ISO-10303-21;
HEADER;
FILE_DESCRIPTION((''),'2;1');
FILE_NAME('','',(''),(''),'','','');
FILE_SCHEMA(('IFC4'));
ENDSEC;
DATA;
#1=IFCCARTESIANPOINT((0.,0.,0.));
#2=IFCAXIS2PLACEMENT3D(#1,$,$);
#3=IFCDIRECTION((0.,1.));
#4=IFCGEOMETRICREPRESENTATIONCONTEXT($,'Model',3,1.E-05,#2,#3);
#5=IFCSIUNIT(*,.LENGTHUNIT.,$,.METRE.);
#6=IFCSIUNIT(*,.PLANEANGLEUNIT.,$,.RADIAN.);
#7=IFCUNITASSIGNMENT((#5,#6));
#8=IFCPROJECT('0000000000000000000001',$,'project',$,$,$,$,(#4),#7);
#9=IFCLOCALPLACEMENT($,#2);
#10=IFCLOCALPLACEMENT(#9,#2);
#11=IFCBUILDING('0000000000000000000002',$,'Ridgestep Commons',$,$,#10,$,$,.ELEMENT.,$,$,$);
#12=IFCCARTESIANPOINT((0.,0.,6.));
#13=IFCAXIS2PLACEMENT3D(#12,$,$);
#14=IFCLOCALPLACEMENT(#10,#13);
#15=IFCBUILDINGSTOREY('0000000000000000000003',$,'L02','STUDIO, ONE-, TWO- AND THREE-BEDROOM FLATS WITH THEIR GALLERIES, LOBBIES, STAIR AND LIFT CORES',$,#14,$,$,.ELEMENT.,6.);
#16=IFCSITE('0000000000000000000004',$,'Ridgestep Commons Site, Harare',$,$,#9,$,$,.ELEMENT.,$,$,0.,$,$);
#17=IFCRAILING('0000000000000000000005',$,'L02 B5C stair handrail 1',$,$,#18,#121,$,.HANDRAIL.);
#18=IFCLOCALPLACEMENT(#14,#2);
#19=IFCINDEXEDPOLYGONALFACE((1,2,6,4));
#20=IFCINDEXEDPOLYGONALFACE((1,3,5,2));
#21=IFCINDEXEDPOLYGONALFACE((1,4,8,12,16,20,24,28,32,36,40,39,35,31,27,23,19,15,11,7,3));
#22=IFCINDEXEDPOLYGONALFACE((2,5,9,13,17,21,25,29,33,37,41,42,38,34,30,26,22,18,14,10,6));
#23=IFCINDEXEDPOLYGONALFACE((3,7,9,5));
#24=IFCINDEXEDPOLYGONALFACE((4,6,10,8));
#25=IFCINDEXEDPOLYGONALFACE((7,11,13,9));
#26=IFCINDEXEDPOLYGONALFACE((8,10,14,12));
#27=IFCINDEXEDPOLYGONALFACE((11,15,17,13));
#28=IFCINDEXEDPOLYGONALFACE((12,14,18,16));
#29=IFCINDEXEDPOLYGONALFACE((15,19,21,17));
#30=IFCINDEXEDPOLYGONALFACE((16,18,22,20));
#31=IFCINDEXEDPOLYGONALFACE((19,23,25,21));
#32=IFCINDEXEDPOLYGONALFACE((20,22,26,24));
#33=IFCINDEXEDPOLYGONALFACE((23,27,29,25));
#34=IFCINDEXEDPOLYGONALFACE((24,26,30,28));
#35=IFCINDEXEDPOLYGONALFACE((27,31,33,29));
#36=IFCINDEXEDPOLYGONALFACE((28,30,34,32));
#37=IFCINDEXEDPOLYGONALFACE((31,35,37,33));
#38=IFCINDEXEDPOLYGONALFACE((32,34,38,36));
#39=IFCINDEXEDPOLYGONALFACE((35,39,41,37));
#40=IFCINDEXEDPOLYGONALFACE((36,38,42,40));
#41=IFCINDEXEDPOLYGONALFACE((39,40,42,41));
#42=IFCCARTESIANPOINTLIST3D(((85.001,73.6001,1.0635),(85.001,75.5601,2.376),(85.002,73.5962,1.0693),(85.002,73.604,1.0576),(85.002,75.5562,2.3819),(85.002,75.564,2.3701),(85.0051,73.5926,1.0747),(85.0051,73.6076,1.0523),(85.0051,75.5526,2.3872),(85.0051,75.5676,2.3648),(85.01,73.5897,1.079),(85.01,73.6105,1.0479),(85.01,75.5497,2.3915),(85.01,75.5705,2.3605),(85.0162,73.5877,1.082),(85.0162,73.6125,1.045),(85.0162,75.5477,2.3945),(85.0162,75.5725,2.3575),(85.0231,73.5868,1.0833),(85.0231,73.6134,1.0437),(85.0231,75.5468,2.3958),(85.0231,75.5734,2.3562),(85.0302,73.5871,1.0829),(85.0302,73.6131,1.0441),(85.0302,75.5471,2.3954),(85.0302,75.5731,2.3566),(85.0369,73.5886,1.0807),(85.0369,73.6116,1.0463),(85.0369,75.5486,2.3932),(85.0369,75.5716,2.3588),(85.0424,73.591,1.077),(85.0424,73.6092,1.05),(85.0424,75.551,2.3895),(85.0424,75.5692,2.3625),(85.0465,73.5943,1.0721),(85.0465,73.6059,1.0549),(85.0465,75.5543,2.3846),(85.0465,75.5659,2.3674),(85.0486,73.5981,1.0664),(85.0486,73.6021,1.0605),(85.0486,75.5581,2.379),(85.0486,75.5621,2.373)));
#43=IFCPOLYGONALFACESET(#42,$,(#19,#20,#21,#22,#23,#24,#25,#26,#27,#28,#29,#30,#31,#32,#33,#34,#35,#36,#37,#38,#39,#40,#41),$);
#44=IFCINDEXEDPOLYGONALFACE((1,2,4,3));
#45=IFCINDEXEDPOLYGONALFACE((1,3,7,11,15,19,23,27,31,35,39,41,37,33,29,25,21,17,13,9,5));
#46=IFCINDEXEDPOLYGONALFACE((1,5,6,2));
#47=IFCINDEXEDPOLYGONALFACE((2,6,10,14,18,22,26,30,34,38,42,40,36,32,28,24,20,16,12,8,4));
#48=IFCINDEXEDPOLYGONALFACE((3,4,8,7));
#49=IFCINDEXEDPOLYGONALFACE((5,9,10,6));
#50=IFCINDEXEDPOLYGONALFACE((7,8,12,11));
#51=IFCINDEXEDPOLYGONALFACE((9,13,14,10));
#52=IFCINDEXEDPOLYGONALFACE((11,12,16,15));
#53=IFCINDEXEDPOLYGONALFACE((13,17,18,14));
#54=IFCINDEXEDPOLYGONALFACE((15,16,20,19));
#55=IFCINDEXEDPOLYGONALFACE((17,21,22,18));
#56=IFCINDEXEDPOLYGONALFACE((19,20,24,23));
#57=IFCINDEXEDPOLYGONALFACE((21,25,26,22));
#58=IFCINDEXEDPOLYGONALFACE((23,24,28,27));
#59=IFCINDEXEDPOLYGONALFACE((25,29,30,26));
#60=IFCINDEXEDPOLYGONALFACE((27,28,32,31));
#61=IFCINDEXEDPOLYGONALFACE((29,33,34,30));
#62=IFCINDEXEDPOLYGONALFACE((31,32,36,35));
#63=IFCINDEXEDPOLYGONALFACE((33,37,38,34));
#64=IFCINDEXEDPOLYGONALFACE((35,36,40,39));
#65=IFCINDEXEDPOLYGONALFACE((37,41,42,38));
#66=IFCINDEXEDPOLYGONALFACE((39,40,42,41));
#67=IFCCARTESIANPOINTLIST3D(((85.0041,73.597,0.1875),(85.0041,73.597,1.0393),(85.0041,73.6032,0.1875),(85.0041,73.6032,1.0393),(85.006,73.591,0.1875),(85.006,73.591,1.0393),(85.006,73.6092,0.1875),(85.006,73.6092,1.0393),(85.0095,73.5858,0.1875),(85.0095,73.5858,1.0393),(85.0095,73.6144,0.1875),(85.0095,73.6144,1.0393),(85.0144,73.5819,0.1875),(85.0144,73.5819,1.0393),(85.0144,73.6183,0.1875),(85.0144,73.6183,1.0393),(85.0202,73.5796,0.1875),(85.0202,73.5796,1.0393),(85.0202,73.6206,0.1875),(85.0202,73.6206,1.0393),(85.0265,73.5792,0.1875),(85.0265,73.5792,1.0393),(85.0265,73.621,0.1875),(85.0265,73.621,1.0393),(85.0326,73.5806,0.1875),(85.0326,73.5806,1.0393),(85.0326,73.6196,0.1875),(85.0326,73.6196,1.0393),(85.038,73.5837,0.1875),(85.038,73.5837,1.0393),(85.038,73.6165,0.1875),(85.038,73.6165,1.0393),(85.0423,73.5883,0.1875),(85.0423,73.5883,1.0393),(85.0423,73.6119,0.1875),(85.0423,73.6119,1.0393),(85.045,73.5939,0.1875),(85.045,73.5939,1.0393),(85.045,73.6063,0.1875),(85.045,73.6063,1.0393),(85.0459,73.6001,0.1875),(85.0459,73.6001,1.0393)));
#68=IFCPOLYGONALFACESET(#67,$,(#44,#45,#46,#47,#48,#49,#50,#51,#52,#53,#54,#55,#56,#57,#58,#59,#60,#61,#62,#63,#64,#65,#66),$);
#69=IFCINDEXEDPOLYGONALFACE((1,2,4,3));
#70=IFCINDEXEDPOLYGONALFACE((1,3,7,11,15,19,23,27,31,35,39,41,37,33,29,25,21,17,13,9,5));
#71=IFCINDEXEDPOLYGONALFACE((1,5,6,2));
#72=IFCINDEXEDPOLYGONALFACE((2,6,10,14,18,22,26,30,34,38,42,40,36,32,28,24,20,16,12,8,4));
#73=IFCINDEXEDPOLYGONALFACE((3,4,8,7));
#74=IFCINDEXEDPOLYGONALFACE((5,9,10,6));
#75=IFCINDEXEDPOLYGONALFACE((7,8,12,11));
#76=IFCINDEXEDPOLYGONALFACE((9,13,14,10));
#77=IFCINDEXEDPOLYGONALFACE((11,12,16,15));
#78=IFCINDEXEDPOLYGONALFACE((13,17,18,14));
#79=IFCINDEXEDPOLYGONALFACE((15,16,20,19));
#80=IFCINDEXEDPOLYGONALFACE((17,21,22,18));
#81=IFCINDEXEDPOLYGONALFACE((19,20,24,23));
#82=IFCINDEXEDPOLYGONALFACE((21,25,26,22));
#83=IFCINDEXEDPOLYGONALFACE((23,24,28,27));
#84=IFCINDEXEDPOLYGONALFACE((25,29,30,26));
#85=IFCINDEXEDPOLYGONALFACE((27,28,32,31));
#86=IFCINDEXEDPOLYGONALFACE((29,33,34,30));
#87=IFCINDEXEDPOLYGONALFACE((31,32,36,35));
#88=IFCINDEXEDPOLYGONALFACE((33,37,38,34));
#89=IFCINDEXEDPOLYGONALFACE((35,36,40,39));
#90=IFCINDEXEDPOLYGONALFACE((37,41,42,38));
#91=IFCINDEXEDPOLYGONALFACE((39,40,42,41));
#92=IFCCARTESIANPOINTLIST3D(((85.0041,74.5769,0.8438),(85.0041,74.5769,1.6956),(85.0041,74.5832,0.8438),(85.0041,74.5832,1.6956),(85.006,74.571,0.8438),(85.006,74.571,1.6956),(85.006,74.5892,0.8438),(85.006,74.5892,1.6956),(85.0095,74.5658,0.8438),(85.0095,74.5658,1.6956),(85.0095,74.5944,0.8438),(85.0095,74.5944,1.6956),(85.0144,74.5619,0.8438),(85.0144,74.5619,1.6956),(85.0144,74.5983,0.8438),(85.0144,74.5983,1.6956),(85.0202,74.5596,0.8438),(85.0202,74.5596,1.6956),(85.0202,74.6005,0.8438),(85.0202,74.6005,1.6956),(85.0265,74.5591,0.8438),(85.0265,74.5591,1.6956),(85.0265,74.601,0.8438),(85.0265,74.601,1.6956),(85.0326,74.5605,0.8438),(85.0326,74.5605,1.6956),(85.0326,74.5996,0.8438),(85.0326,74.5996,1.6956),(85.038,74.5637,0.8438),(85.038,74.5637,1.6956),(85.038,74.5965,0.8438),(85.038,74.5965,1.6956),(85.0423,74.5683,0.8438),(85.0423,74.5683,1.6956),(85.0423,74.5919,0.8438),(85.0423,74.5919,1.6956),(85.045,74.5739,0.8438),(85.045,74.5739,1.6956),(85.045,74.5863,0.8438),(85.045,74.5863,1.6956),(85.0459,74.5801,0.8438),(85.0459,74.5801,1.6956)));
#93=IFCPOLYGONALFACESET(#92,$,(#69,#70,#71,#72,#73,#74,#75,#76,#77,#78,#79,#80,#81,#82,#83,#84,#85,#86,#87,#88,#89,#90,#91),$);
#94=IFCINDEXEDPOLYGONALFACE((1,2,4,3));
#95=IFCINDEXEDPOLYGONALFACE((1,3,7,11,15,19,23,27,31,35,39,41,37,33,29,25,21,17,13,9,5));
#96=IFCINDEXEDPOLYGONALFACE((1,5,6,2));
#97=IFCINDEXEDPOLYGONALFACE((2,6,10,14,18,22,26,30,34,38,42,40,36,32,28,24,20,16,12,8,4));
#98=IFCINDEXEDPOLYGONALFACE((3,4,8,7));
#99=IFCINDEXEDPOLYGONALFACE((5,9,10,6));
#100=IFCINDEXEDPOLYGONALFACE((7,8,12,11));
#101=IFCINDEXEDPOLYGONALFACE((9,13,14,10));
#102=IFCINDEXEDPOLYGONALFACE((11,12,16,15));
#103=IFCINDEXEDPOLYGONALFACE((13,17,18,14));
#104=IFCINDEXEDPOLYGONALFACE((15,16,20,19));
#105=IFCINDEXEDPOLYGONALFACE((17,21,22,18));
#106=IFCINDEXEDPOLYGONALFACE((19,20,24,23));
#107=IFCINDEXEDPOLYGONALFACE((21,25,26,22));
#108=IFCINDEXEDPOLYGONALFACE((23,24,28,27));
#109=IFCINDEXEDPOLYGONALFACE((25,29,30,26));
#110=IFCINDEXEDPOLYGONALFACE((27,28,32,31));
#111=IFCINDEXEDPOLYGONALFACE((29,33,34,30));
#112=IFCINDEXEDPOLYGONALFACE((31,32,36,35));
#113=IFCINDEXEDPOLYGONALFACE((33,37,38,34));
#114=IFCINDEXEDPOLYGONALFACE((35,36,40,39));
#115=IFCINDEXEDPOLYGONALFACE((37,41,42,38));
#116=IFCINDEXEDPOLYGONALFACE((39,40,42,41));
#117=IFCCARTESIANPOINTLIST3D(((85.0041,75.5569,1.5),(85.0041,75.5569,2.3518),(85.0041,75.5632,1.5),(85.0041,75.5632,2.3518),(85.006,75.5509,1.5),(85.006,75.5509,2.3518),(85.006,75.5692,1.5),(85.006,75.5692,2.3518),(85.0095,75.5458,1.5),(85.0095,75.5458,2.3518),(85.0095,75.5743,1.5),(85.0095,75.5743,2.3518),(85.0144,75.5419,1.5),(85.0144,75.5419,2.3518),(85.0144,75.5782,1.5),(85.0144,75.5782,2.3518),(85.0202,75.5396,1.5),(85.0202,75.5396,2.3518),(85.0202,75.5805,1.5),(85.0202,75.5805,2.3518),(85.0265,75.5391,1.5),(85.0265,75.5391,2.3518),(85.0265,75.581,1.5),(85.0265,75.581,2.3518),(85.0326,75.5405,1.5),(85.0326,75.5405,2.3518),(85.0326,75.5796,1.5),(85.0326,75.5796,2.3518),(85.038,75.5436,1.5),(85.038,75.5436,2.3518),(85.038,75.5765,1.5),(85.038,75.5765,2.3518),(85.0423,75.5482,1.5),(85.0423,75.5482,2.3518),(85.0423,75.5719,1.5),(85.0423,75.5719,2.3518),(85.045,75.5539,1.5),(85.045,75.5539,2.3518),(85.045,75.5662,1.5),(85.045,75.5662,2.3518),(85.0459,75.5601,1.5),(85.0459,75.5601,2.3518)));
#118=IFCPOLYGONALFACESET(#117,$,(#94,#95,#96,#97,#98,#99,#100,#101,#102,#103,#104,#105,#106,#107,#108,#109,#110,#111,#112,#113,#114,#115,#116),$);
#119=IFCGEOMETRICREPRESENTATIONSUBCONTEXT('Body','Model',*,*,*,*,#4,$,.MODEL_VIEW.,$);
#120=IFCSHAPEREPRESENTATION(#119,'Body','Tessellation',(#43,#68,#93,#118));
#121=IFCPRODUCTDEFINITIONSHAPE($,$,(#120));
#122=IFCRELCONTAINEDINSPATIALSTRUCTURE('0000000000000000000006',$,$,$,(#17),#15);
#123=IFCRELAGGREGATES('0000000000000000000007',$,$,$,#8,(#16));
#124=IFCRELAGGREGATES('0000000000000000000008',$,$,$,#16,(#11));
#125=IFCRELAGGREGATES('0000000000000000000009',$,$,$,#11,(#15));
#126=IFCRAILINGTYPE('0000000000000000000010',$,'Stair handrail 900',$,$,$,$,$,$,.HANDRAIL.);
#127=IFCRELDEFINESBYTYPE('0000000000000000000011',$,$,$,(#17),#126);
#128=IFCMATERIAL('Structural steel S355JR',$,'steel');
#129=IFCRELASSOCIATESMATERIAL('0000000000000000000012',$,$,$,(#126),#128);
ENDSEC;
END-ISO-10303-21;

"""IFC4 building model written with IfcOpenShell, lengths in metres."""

from ifc_helpers import new_model, si_unit, direction, frame, origin, origin_2d, place, context, subcontext, project, spatial, circle, extrude, material, type_object, element, save


model = new_model("IFC4")

# Units and contexts
model_context = context("Model", 3, precision=1e-05, world=origin(), true_north=direction((0.0, 1.0)))
body_context = subcontext(model_context, "Body", "Model", "MODEL_VIEW")
ifc_project = project(units=[si_unit("LENGTHUNIT", "METRE"), si_unit("PLANEANGLEUNIT", "RADIAN")], contexts=[model_context])

# Site, building, storey
site_placement = place(None, origin())
site = spatial("IfcSite", under=ifc_project, at=site_placement, Name="Ridgestep Commons Site, Harare", CompositionType="ELEMENT", RefElevation=0.0)
building_placement = place(site_placement, origin())
building = spatial("IfcBuilding", under=site, at=building_placement, Name="Ridgestep Commons", CompositionType="ELEMENT")
storey_placement = place(building_placement, frame((0.0, 0.0, 6.0)))
storey = spatial("IfcBuildingStorey", under=building, at=storey_placement, Name="L02", Description="STUDIO, ONE-, TWO- AND THREE-BEDROOM FLATS WITH THEIR GALLERIES, LOBBIES, STAIR AND LIFT CORES", CompositionType="ELEMENT", Elevation=6.0)

# Railing
ifc_material_1 = material(Name="Structural steel S355JR", Category="steel")
railing_type_1 = type_object("IfcRailingType", Name="Stair handrail 900", PredefinedType="HANDRAIL", material=ifc_material_1)
railing_1_placement = place(storey_placement, frame((85.0249, 73.6001, 0.1875)))
element("IfcRailing", 1, at=railing_1_placement, inside=storey, type_object=railing_type_1, Name="L02 B5C stair handrail 1", PredefinedType="HANDRAIL", context=body_context, shape_type="SweptSolid", body=[
    extrude(circle(Radius=0.0239, at=origin_2d()), frame((0.0, 0.0, 0.876), z_axis=(0.0, 0.830902, 0.556419), x_axis=(-1.0, 0.0, 0.0)), (0.0, 0.0, 1.0), 2.3589),
    extrude(circle(Radius=0.021, at=origin_2d()), origin(), (0.0, 0.0, 1.0), 0.8518),
    extrude(circle(Radius=0.021, at=origin_2d()), frame((0.0, 0.98, 0.6562)), (0.0, 0.0, 1.0), 0.8518),
    extrude(circle(Radius=0.021, at=origin_2d()), frame((0.0, 1.96, 1.3125)), (0.0, 0.0, 1.0), 0.8518),
])

save(model, "model.ifc")
